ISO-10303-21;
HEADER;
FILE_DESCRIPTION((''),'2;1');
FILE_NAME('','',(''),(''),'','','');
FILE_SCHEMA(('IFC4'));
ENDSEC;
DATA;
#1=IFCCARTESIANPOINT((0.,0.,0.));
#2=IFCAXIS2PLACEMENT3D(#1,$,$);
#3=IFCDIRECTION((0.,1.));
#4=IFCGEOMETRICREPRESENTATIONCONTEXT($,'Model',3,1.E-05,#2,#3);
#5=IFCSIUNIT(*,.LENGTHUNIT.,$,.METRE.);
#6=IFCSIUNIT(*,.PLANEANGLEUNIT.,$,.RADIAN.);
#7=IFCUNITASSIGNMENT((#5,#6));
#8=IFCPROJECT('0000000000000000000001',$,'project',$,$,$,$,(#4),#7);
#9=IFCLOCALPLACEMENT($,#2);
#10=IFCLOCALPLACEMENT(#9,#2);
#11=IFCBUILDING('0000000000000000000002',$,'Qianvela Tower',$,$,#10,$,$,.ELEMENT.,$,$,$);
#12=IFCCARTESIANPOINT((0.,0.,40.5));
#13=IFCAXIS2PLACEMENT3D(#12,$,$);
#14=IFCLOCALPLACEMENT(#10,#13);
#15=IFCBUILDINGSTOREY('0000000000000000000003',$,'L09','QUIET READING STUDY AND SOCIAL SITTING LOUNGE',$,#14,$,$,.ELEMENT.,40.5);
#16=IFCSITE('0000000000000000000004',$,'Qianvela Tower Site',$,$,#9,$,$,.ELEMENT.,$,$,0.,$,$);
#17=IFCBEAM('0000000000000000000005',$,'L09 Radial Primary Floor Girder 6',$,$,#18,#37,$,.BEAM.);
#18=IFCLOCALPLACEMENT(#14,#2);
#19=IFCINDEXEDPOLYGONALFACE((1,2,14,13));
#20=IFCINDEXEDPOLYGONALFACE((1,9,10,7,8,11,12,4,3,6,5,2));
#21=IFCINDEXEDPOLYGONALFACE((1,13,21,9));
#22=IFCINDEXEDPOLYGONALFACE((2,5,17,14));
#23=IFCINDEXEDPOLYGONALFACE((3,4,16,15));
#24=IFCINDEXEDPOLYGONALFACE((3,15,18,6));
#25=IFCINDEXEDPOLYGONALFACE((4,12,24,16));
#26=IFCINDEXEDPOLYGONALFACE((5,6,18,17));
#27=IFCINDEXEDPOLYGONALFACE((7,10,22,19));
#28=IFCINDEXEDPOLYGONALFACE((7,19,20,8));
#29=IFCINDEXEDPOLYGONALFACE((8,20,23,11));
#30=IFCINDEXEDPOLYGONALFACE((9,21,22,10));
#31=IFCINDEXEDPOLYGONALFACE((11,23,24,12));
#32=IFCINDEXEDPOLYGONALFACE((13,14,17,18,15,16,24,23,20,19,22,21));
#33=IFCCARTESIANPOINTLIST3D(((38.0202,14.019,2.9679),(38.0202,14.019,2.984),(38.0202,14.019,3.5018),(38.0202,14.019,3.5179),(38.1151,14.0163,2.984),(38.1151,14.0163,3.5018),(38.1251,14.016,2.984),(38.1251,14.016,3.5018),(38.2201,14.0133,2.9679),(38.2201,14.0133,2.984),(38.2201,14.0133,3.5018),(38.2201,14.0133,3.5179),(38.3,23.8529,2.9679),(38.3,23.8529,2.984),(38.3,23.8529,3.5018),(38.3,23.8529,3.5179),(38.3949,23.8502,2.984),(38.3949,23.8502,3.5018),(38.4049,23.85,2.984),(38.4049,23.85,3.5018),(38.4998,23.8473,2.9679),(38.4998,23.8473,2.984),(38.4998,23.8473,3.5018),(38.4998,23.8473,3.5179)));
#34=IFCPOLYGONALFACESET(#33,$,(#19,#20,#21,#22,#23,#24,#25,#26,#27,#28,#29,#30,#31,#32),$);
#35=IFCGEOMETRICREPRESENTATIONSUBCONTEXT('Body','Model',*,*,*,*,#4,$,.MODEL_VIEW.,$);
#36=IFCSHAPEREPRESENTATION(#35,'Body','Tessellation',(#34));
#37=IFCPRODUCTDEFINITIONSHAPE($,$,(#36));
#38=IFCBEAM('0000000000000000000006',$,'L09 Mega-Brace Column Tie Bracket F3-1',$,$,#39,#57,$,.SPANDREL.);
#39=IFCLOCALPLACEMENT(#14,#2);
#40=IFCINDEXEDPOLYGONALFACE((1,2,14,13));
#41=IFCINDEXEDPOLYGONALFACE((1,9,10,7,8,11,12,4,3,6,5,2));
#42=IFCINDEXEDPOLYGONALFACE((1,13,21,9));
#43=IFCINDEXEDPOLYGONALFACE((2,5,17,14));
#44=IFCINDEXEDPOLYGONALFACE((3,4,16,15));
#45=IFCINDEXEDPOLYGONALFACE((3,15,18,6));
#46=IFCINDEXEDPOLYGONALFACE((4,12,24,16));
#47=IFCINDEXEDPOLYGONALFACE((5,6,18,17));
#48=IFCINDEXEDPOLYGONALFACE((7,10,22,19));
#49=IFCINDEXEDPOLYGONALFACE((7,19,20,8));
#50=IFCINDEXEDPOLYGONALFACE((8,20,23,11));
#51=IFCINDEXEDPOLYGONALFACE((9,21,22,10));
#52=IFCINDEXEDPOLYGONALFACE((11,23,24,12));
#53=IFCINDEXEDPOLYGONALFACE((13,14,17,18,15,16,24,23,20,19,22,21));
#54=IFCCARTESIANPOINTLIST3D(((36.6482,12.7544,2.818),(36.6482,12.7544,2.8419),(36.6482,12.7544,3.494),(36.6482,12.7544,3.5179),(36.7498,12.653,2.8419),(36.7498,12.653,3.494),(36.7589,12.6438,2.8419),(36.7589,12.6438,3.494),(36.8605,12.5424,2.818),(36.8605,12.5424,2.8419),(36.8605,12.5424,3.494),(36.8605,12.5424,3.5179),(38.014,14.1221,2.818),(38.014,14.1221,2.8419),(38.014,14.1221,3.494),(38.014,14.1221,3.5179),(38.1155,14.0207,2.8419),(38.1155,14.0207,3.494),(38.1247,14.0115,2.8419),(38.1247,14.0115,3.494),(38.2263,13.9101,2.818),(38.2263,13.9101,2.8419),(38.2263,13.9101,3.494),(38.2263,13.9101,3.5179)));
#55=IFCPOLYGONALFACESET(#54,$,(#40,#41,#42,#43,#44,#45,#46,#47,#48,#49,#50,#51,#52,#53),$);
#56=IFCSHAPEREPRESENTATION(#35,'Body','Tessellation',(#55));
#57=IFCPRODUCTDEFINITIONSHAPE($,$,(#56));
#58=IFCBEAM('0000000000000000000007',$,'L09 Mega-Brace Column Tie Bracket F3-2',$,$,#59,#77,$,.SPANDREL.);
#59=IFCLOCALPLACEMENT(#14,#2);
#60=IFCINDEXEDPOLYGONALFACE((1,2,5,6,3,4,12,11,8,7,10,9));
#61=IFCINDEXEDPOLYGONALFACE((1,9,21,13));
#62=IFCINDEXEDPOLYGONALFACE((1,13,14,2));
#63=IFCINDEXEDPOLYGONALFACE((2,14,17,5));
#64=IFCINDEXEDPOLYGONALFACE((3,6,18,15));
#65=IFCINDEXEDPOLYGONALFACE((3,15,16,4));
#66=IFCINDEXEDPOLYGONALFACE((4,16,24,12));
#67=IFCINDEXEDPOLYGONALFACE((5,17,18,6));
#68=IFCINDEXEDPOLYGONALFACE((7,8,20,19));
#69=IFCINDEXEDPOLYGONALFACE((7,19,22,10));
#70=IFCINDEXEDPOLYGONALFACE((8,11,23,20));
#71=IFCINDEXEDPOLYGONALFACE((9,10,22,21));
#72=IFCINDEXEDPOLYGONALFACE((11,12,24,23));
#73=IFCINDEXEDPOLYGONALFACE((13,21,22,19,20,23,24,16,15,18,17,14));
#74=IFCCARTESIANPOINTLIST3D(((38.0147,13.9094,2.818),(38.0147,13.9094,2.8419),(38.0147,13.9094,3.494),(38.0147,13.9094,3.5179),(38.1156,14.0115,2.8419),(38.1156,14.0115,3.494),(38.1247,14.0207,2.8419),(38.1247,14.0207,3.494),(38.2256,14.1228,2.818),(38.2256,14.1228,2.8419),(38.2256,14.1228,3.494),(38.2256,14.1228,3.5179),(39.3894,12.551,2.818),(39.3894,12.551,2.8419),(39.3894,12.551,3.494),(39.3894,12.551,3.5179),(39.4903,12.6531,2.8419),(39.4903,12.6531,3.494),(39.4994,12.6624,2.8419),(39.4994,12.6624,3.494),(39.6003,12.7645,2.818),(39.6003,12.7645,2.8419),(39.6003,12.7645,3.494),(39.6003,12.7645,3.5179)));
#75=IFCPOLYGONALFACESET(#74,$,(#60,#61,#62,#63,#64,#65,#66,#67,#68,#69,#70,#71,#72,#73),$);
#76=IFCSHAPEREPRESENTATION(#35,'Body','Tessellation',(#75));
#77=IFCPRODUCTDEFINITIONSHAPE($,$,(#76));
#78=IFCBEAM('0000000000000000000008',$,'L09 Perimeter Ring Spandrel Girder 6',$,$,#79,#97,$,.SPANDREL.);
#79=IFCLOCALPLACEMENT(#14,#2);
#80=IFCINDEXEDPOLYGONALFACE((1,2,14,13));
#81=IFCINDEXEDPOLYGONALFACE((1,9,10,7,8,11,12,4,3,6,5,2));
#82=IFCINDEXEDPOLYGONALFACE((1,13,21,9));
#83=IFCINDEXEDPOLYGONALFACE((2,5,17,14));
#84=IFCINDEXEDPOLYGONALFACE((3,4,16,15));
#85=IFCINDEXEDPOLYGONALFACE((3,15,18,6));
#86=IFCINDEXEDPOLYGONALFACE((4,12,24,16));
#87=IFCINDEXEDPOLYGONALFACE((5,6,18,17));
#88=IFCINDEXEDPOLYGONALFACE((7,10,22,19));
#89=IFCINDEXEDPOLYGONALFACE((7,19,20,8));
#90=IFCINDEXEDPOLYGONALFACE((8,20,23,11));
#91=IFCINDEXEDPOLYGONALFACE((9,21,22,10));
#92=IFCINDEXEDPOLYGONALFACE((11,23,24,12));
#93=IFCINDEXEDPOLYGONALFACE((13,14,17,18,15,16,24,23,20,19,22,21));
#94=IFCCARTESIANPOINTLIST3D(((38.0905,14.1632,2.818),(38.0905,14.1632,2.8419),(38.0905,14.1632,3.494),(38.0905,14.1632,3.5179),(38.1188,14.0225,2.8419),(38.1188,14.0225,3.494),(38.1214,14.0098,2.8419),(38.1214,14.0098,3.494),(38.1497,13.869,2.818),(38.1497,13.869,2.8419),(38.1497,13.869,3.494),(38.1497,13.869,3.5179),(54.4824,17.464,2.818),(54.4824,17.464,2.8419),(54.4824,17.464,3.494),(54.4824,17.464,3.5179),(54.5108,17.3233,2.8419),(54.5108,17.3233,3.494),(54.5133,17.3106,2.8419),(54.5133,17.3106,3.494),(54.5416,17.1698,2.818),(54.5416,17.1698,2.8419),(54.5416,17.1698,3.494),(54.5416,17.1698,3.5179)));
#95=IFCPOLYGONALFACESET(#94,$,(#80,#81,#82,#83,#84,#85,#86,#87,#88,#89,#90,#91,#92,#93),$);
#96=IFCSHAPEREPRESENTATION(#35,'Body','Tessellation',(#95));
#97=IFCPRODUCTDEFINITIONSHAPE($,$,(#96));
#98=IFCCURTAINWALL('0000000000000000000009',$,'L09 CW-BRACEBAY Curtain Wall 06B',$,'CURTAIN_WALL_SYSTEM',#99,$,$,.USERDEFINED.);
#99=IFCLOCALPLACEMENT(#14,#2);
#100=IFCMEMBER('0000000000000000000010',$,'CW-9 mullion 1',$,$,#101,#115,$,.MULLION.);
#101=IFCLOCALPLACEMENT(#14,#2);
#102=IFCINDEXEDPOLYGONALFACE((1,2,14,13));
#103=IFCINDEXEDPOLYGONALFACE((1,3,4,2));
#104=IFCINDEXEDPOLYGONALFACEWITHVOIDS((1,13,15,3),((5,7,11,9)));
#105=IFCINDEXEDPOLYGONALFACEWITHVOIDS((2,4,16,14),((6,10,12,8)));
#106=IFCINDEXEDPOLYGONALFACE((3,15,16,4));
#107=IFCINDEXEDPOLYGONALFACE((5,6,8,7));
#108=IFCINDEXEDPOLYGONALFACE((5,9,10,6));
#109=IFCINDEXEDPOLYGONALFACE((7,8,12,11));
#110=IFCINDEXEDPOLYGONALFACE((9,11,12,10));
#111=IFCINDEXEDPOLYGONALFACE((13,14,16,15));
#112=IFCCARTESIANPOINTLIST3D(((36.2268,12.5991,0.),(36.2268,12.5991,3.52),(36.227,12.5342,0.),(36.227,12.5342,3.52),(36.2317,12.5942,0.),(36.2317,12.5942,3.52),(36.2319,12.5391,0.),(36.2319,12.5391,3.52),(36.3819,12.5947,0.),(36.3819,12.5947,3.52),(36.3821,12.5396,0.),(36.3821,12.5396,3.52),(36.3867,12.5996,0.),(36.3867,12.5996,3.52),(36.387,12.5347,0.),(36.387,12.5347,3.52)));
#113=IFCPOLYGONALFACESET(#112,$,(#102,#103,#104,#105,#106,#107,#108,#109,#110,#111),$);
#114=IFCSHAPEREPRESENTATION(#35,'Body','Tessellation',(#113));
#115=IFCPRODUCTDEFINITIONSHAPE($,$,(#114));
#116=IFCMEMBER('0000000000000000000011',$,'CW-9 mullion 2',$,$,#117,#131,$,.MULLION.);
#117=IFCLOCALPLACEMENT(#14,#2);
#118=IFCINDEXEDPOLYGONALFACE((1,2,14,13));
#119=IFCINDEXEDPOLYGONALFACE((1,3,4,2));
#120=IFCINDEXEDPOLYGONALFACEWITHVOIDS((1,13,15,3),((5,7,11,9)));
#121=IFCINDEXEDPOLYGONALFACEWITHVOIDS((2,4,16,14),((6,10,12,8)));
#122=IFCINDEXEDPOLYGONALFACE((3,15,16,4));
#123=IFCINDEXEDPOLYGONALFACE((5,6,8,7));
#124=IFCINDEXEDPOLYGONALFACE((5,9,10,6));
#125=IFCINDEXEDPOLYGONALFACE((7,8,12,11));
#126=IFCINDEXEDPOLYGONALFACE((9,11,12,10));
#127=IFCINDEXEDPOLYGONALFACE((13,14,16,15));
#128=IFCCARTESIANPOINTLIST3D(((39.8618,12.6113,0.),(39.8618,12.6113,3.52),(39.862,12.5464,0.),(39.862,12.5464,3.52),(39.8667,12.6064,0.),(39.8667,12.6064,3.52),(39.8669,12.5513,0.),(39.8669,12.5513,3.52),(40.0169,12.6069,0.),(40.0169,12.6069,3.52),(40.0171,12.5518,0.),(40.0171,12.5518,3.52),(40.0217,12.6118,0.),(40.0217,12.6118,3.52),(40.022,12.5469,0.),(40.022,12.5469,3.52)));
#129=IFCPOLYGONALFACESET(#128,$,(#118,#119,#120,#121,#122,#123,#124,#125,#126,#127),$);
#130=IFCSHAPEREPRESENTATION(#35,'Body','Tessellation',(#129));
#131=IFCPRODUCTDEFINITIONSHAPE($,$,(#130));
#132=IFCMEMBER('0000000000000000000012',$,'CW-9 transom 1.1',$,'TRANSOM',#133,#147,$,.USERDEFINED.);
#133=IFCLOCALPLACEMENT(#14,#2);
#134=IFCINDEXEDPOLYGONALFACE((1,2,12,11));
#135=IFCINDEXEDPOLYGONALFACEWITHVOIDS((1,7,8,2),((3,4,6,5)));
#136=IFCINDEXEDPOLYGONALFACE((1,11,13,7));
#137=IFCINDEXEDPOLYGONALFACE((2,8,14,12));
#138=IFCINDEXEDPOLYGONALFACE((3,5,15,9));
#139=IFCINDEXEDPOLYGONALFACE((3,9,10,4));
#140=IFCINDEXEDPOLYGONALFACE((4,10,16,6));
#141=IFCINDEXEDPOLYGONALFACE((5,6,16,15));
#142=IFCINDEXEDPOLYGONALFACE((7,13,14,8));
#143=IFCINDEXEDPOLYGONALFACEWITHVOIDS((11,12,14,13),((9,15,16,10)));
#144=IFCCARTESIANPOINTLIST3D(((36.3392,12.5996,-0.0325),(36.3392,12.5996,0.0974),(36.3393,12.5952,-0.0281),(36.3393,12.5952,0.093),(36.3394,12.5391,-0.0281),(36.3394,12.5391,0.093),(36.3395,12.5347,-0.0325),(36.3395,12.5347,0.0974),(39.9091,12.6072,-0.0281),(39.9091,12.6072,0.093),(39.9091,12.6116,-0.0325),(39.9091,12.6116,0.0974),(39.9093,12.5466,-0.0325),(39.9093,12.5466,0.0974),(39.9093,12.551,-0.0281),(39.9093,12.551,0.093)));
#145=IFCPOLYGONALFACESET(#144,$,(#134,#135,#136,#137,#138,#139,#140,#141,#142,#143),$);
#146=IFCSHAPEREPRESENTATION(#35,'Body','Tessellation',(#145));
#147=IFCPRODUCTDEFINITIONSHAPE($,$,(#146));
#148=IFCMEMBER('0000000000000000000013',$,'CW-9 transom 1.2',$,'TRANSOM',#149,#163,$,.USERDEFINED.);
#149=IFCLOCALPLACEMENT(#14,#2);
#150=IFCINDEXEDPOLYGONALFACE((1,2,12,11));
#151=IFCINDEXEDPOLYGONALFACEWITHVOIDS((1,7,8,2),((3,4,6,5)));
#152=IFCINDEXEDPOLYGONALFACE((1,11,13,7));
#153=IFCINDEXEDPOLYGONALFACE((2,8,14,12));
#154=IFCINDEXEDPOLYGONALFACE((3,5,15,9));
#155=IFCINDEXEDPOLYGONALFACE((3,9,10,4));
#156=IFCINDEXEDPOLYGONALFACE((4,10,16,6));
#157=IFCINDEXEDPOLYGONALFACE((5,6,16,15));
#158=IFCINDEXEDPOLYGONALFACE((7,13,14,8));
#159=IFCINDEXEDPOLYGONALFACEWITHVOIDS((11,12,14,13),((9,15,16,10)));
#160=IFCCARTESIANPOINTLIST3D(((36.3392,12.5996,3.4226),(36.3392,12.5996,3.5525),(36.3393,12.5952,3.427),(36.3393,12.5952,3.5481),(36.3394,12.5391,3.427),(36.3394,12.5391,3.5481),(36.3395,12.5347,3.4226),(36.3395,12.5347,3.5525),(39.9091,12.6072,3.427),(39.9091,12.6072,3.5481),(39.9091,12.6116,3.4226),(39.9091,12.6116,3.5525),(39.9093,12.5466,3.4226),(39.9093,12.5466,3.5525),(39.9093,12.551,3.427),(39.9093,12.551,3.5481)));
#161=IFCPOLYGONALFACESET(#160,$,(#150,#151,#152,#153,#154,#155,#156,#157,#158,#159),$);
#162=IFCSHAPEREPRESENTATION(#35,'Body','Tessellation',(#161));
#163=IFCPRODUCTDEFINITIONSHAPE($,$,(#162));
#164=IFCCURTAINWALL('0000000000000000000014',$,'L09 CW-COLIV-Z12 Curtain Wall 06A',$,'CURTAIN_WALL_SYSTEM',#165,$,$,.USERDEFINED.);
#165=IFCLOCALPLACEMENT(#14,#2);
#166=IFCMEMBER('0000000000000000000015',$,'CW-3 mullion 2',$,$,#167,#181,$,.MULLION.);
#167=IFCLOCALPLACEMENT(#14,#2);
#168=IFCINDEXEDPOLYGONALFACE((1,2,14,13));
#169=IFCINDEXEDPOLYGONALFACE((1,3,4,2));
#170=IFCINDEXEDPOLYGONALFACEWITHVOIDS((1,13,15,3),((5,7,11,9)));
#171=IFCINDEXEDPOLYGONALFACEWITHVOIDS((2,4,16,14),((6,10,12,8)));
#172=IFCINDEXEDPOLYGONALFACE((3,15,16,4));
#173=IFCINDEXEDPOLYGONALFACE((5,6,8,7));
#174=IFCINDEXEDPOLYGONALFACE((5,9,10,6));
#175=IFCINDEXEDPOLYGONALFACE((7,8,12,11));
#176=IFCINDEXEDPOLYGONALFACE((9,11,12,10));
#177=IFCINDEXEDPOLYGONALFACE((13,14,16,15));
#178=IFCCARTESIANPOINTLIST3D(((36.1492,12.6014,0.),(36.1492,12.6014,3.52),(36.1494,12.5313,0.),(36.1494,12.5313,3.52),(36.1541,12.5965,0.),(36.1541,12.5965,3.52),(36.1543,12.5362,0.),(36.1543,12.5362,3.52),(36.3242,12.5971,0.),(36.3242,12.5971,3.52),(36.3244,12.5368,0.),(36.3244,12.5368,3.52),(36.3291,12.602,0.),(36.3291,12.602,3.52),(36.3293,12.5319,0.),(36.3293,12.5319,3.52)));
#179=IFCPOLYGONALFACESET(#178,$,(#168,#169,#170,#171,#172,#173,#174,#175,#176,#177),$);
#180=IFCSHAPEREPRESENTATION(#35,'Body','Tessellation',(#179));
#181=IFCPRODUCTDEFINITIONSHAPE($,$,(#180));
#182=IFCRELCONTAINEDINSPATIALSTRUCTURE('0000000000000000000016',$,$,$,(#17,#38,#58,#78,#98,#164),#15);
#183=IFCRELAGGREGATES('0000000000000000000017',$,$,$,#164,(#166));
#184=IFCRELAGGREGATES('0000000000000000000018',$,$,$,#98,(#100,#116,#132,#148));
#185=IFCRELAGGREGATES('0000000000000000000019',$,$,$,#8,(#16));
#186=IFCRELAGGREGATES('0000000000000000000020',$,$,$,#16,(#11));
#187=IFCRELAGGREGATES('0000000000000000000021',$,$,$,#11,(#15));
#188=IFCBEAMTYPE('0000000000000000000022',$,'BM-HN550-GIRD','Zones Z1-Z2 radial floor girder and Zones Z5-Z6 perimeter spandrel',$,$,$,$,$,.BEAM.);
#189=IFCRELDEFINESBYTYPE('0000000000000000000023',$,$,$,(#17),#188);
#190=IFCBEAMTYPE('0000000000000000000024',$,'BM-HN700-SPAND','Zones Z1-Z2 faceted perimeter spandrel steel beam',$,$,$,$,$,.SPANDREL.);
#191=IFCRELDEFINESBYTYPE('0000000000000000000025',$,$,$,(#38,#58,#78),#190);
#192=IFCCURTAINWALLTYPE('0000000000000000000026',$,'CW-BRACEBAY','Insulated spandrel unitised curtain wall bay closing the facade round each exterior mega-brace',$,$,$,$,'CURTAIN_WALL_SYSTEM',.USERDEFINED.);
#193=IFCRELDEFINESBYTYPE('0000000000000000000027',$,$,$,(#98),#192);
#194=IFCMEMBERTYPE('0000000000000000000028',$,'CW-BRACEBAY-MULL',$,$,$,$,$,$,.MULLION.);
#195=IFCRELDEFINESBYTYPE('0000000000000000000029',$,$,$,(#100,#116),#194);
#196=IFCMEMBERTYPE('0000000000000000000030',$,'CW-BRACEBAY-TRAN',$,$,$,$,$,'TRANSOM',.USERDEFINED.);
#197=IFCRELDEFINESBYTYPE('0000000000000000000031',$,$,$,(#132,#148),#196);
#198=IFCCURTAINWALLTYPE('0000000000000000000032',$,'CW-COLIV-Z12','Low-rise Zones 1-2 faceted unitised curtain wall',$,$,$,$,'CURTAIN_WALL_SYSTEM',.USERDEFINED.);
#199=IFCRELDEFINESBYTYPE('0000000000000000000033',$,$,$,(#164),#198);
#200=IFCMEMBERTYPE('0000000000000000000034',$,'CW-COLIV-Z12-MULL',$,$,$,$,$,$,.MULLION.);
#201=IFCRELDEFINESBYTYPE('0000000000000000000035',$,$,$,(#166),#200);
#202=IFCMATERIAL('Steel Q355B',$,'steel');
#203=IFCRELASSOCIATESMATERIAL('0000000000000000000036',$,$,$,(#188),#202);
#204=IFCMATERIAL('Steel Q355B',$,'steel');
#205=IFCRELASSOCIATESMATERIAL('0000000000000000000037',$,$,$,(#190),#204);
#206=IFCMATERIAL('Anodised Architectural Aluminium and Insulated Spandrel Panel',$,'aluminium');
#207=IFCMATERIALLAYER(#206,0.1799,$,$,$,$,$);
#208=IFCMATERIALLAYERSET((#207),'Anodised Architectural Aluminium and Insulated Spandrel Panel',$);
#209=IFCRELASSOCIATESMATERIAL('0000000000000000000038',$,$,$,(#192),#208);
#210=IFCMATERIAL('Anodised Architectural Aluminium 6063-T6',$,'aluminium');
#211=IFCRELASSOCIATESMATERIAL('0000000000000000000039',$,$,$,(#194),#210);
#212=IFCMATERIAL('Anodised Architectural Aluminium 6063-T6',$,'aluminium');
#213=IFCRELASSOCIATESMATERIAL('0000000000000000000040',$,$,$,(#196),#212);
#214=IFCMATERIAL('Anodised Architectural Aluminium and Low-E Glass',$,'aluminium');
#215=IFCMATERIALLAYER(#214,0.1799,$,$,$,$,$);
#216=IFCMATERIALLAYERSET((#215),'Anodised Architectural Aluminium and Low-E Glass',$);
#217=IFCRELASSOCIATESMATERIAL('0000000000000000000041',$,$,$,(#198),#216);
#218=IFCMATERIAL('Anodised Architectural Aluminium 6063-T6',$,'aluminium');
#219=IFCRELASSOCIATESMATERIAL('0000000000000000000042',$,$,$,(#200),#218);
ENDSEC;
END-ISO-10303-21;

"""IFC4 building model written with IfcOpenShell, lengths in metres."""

from ifc_helpers import new_model, si_unit, direction, frame, origin, origin_2d, place, context, subcontext, project, spatial, hollow_rectangle, i_section, extrude, material, layer, layer_set, material_profile, profile_set, type_object, element, aggregate, save


model = new_model("IFC4")

# Units and contexts
model_context = context("Model", 3, precision=1e-05, world=origin(), true_north=direction((0.0, 1.0)))
body_context = subcontext(model_context, "Body", "Model", "MODEL_VIEW")
ifc_project = project(units=[si_unit("LENGTHUNIT", "METRE"), si_unit("PLANEANGLEUNIT", "RADIAN")], contexts=[model_context])

# Site, building, storey
site_placement = place(None, origin())
site = spatial("IfcSite", under=ifc_project, at=site_placement, Name="Qianvela Tower Site", CompositionType="ELEMENT", RefElevation=0.0)
building_placement = place(site_placement, origin())
building = spatial("IfcBuilding", under=site, at=building_placement, Name="Qianvela Tower", CompositionType="ELEMENT")
storey_placement = place(building_placement, frame((0.0, 0.0, 40.5)))
storey = spatial("IfcBuildingStorey", under=building, at=storey_placement, Name="L09", Description="QUIET READING STUDY AND SOCIAL SITTING LOUNGE", CompositionType="ELEMENT", Elevation=40.5)

# Beams
ifc_material_1 = material(Name="Steel Q355B", Category="steel")
ifc_material_profile_1 = material_profile(ifc_material_1, i_section(OverallWidth=0.2, OverallDepth=0.55, WebThickness=0.01, FlangeThickness=0.0161, at=origin_2d()), Name="HN550x200x10x16")
ifc_profile_set_1 = profile_set([ifc_material_profile_1], Name="Steel Q355B")
beam_type_1 = type_object("IfcBeamType", Name="BM-HN550-GIRD", Description="Zones Z1-Z2 radial floor girder and Zones Z5-Z6 perimeter spandrel", PredefinedType="BEAM", material=ifc_profile_set_1)
beam_1_placement = place(storey_placement, frame((38.3999, 23.8501, 3.2429), z_axis=(-0.028439, -0.999596, 0.0), x_axis=(0.999596, -0.028439, 0.0)))
element("IfcBeam", 1, at=beam_1_placement, inside=storey, type_object=beam_type_1, Name="L09 Radial Primary Floor Girder 6", PredefinedType="BEAM", context=body_context, shape_type="SweptSolid", body=[
    extrude(i_section(OverallWidth=0.2, OverallDepth=0.55, WebThickness=0.01, FlangeThickness=0.0161, at=origin_2d()), origin(), (0.0, 0.0, 1.0), 9.8379),
])
ifc_material_2 = material(Name="Steel Q355B", Category="steel")
ifc_material_profile_2 = material_profile(ifc_material_2, i_section(OverallWidth=0.3, OverallDepth=0.7, WebThickness=0.0129, FlangeThickness=0.0239, at=origin_2d()), Name="HN700x300x13x24")
ifc_profile_set_2 = profile_set([ifc_material_profile_2], Name="Steel Q355B")
beam_type_2 = type_object("IfcBeamType", Name="BM-HN700-SPAND", Description="Zones Z1-Z2 faceted perimeter spandrel steel beam", PredefinedType="SPANDREL", material=ifc_profile_set_2)
beam_2_placement = place(storey_placement, frame((38.1201, 14.0161, 3.168), z_axis=(-0.706601, -0.707612, 0.0), x_axis=(0.707612, -0.706601, 0.0)))
element("IfcBeam", 2, at=beam_2_placement, inside=storey, type_object=beam_type_2, Name="L09 Mega-Brace Column Tie Bracket F3-1", PredefinedType="SPANDREL", context=body_context, shape_type="SweptSolid", body=[
    extrude(i_section(OverallWidth=0.3, OverallDepth=0.7, WebThickness=0.0129, FlangeThickness=0.0239, at=origin_2d()), origin(), (0.0, 0.0, 1.0), 1.9329),
])
beam_3_placement = place(storey_placement, frame((38.1201, 14.0161, 3.168), z_axis=(0.711326, -0.702862, 0.0), x_axis=(0.702862, 0.711326, 0.0)))
element("IfcBeam", 3, at=beam_3_placement, inside=storey, type_object=beam_type_2, Name="L09 Mega-Brace Column Tie Bracket F3-2", PredefinedType="SPANDREL", context=body_context, shape_type="SweptSolid", body=[
    extrude(i_section(OverallWidth=0.3, OverallDepth=0.7, WebThickness=0.0129, FlangeThickness=0.0239, at=origin_2d()), origin(), (0.0, 0.0, 1.0), 1.9326),
])
beam_4_placement = place(storey_placement, frame((38.1201, 14.0161, 3.168), z_axis=(0.980322, 0.197405, 0.0), x_axis=(-0.197405, 0.980322, 0.0)))
element("IfcBeam", 4, at=beam_4_placement, inside=storey, type_object=beam_type_2, Name="L09 Perimeter Ring Spandrel Girder 6", PredefinedType="SPANDREL", context=body_context, shape_type="SweptSolid", body=[
    extrude(i_section(OverallWidth=0.3, OverallDepth=0.7, WebThickness=0.0129, FlangeThickness=0.0239, at=origin_2d()), origin(), (0.0, 0.0, 1.0), 16.7209),
])

# Curtain wall, members
ifc_material_3 = material(Name="Anodised Architectural Aluminium and Insulated Spandrel Panel", Category="aluminium")
ifc_layer_1 = layer(ifc_material_3, 0.1799)
ifc_layer_set_1 = layer_set([ifc_layer_1], Name="Anodised Architectural Aluminium and Insulated Spandrel Panel")
curtain_wall_type_1 = type_object("IfcCurtainWallType", Name="CW-BRACEBAY", Description="Insulated spandrel unitised curtain wall bay closing the facade round each exterior mega-brace", ElementType="CURTAIN_WALL_SYSTEM", PredefinedType="USERDEFINED", material=ifc_layer_set_1)
curtain_wall_1_placement = place(storey_placement, origin())
curtain_wall_1 = element("IfcCurtainWall", 5, at=curtain_wall_1_placement, inside=storey, type_object=curtain_wall_type_1, Name="L09 CW-BRACEBAY Curtain Wall 06B", ObjectType="CURTAIN_WALL_SYSTEM", PredefinedType="USERDEFINED")
ifc_material_4 = material(Name="Anodised Architectural Aluminium 6063-T6", Category="aluminium")
ifc_material_profile_3 = material_profile(ifc_material_4, hollow_rectangle(XDim=0.0649, YDim=0.1599, WallThickness=0.0049, at=origin_2d()), Name="ALU-MULL-65x160")
ifc_profile_set_3 = profile_set([ifc_material_profile_3], Name="Anodised Architectural Aluminium 6063-T6")
member_type_1 = type_object("IfcMemberType", Name="CW-BRACEBAY-MULL", PredefinedType="MULLION", material=ifc_profile_set_3)
member_1_placement = place(storey_placement, frame((36.3069, 12.5669, 0.0), z_axis=(0.0, 0.0, 1.0), x_axis=(-0.003378, 0.999994, 0.0)))
member_1 = element("IfcMember", 6, at=member_1_placement, type_object=member_type_1, Name="CW-9 mullion 1", PredefinedType="MULLION", context=body_context, shape_type="SweptSolid", body=[
    extrude(hollow_rectangle(XDim=0.0649, YDim=0.1599, WallThickness=0.0049, at=origin_2d()), origin(), (0.0, 0.0, 1.0), 3.52),
])
member_2_placement = place(storey_placement, frame((39.9419, 12.5791, 0.0), z_axis=(0.0, 0.0, 1.0), x_axis=(-0.003378, 0.999994, 0.0)))
member_2 = element("IfcMember", 7, at=member_2_placement, type_object=member_type_1, Name="CW-9 mullion 2", PredefinedType="MULLION", context=body_context, shape_type="SweptSolid", body=[
    extrude(hollow_rectangle(XDim=0.0649, YDim=0.1599, WallThickness=0.0049, at=origin_2d()), origin(), (0.0, 0.0, 1.0), 3.52),
])
ifc_material_5 = material(Name="Anodised Architectural Aluminium 6063-T6", Category="aluminium")
ifc_material_profile_4 = material_profile(ifc_material_5, hollow_rectangle(XDim=0.0649, YDim=0.1299, WallThickness=0.0044, at=origin_2d()), Name="ALU-TRAN-65x130")
ifc_profile_set_4 = profile_set([ifc_material_profile_4], Name="Anodised Architectural Aluminium 6063-T6")
member_type_2 = type_object("IfcMemberType", Name="CW-BRACEBAY-TRAN", ElementType="TRANSOM", PredefinedType="USERDEFINED", material=ifc_profile_set_4)
member_3_placement = place(storey_placement, frame((36.3394, 12.5671, 0.0325), z_axis=(0.999994, 0.003351, 0.0), x_axis=(-0.003351, 0.999994, 0.0)))
member_3 = element("IfcMember", 8, at=member_3_placement, type_object=member_type_2, Name="CW-9 transom 1.1", ObjectType="TRANSOM", PredefinedType="USERDEFINED", context=body_context, shape_type="SweptSolid", body=[
    extrude(hollow_rectangle(XDim=0.0649, YDim=0.1299, WallThickness=0.0044, at=origin_2d()), origin(), (0.0, 0.0, 1.0), 3.5698),
])
member_4_placement = place(storey_placement, frame((36.3394, 12.5671, 3.4875), z_axis=(0.999994, 0.003351, 0.0), x_axis=(-0.003351, 0.999994, 0.0)))
member_4 = element("IfcMember", 9, at=member_4_placement, type_object=member_type_2, Name="CW-9 transom 1.2", ObjectType="TRANSOM", PredefinedType="USERDEFINED", context=body_context, shape_type="SweptSolid", body=[
    extrude(hollow_rectangle(XDim=0.0649, YDim=0.1299, WallThickness=0.0044, at=origin_2d()), origin(), (0.0, 0.0, 1.0), 3.5698),
])

# Curtain wall, member
ifc_material_6 = material(Name="Anodised Architectural Aluminium and Low-E Glass", Category="aluminium")
ifc_layer_2 = layer(ifc_material_6, 0.1799)
ifc_layer_set_2 = layer_set([ifc_layer_2], Name="Anodised Architectural Aluminium and Low-E Glass")
curtain_wall_type_2 = type_object("IfcCurtainWallType", Name="CW-COLIV-Z12", Description="Low-rise Zones 1-2 faceted unitised curtain wall", ElementType="CURTAIN_WALL_SYSTEM", PredefinedType="USERDEFINED", material=ifc_layer_set_2)
curtain_wall_2_placement = place(storey_placement, origin())
curtain_wall_2 = element("IfcCurtainWall", 10, at=curtain_wall_2_placement, inside=storey, type_object=curtain_wall_type_2, Name="L09 CW-COLIV-Z12 Curtain Wall 06A", ObjectType="CURTAIN_WALL_SYSTEM", PredefinedType="USERDEFINED")
ifc_material_7 = material(Name="Anodised Architectural Aluminium 6063-T6", Category="aluminium")
ifc_material_profile_5 = material_profile(ifc_material_7, hollow_rectangle(XDim=0.0701, YDim=0.1799, WallThickness=0.0049, at=origin_2d()), Name="ALU-MULL-70x180")
ifc_profile_set_5 = profile_set([ifc_material_profile_5], Name="Anodised Architectural Aluminium 6063-T6")
member_type_3 = type_object("IfcMemberType", Name="CW-COLIV-Z12-MULL", PredefinedType="MULLION", material=ifc_profile_set_5)
member_5_placement = place(storey_placement, frame((36.2393, 12.5667, 0.0), z_axis=(0.0, 0.0, 1.0), x_axis=(-0.003365, 0.999994, 0.0)))
member_5 = element("IfcMember", 11, at=member_5_placement, type_object=member_type_3, Name="CW-3 mullion 2", PredefinedType="MULLION", context=body_context, shape_type="SweptSolid", body=[
    extrude(hollow_rectangle(XDim=0.0701, YDim=0.1799, WallThickness=0.0049, at=origin_2d()), origin(), (0.0, 0.0, 1.0), 3.52),
])
aggregate(curtain_wall_2, [member_5])

aggregate(curtain_wall_1, [member_1, member_2, member_3, member_4])

save(model, "model.ifc")
